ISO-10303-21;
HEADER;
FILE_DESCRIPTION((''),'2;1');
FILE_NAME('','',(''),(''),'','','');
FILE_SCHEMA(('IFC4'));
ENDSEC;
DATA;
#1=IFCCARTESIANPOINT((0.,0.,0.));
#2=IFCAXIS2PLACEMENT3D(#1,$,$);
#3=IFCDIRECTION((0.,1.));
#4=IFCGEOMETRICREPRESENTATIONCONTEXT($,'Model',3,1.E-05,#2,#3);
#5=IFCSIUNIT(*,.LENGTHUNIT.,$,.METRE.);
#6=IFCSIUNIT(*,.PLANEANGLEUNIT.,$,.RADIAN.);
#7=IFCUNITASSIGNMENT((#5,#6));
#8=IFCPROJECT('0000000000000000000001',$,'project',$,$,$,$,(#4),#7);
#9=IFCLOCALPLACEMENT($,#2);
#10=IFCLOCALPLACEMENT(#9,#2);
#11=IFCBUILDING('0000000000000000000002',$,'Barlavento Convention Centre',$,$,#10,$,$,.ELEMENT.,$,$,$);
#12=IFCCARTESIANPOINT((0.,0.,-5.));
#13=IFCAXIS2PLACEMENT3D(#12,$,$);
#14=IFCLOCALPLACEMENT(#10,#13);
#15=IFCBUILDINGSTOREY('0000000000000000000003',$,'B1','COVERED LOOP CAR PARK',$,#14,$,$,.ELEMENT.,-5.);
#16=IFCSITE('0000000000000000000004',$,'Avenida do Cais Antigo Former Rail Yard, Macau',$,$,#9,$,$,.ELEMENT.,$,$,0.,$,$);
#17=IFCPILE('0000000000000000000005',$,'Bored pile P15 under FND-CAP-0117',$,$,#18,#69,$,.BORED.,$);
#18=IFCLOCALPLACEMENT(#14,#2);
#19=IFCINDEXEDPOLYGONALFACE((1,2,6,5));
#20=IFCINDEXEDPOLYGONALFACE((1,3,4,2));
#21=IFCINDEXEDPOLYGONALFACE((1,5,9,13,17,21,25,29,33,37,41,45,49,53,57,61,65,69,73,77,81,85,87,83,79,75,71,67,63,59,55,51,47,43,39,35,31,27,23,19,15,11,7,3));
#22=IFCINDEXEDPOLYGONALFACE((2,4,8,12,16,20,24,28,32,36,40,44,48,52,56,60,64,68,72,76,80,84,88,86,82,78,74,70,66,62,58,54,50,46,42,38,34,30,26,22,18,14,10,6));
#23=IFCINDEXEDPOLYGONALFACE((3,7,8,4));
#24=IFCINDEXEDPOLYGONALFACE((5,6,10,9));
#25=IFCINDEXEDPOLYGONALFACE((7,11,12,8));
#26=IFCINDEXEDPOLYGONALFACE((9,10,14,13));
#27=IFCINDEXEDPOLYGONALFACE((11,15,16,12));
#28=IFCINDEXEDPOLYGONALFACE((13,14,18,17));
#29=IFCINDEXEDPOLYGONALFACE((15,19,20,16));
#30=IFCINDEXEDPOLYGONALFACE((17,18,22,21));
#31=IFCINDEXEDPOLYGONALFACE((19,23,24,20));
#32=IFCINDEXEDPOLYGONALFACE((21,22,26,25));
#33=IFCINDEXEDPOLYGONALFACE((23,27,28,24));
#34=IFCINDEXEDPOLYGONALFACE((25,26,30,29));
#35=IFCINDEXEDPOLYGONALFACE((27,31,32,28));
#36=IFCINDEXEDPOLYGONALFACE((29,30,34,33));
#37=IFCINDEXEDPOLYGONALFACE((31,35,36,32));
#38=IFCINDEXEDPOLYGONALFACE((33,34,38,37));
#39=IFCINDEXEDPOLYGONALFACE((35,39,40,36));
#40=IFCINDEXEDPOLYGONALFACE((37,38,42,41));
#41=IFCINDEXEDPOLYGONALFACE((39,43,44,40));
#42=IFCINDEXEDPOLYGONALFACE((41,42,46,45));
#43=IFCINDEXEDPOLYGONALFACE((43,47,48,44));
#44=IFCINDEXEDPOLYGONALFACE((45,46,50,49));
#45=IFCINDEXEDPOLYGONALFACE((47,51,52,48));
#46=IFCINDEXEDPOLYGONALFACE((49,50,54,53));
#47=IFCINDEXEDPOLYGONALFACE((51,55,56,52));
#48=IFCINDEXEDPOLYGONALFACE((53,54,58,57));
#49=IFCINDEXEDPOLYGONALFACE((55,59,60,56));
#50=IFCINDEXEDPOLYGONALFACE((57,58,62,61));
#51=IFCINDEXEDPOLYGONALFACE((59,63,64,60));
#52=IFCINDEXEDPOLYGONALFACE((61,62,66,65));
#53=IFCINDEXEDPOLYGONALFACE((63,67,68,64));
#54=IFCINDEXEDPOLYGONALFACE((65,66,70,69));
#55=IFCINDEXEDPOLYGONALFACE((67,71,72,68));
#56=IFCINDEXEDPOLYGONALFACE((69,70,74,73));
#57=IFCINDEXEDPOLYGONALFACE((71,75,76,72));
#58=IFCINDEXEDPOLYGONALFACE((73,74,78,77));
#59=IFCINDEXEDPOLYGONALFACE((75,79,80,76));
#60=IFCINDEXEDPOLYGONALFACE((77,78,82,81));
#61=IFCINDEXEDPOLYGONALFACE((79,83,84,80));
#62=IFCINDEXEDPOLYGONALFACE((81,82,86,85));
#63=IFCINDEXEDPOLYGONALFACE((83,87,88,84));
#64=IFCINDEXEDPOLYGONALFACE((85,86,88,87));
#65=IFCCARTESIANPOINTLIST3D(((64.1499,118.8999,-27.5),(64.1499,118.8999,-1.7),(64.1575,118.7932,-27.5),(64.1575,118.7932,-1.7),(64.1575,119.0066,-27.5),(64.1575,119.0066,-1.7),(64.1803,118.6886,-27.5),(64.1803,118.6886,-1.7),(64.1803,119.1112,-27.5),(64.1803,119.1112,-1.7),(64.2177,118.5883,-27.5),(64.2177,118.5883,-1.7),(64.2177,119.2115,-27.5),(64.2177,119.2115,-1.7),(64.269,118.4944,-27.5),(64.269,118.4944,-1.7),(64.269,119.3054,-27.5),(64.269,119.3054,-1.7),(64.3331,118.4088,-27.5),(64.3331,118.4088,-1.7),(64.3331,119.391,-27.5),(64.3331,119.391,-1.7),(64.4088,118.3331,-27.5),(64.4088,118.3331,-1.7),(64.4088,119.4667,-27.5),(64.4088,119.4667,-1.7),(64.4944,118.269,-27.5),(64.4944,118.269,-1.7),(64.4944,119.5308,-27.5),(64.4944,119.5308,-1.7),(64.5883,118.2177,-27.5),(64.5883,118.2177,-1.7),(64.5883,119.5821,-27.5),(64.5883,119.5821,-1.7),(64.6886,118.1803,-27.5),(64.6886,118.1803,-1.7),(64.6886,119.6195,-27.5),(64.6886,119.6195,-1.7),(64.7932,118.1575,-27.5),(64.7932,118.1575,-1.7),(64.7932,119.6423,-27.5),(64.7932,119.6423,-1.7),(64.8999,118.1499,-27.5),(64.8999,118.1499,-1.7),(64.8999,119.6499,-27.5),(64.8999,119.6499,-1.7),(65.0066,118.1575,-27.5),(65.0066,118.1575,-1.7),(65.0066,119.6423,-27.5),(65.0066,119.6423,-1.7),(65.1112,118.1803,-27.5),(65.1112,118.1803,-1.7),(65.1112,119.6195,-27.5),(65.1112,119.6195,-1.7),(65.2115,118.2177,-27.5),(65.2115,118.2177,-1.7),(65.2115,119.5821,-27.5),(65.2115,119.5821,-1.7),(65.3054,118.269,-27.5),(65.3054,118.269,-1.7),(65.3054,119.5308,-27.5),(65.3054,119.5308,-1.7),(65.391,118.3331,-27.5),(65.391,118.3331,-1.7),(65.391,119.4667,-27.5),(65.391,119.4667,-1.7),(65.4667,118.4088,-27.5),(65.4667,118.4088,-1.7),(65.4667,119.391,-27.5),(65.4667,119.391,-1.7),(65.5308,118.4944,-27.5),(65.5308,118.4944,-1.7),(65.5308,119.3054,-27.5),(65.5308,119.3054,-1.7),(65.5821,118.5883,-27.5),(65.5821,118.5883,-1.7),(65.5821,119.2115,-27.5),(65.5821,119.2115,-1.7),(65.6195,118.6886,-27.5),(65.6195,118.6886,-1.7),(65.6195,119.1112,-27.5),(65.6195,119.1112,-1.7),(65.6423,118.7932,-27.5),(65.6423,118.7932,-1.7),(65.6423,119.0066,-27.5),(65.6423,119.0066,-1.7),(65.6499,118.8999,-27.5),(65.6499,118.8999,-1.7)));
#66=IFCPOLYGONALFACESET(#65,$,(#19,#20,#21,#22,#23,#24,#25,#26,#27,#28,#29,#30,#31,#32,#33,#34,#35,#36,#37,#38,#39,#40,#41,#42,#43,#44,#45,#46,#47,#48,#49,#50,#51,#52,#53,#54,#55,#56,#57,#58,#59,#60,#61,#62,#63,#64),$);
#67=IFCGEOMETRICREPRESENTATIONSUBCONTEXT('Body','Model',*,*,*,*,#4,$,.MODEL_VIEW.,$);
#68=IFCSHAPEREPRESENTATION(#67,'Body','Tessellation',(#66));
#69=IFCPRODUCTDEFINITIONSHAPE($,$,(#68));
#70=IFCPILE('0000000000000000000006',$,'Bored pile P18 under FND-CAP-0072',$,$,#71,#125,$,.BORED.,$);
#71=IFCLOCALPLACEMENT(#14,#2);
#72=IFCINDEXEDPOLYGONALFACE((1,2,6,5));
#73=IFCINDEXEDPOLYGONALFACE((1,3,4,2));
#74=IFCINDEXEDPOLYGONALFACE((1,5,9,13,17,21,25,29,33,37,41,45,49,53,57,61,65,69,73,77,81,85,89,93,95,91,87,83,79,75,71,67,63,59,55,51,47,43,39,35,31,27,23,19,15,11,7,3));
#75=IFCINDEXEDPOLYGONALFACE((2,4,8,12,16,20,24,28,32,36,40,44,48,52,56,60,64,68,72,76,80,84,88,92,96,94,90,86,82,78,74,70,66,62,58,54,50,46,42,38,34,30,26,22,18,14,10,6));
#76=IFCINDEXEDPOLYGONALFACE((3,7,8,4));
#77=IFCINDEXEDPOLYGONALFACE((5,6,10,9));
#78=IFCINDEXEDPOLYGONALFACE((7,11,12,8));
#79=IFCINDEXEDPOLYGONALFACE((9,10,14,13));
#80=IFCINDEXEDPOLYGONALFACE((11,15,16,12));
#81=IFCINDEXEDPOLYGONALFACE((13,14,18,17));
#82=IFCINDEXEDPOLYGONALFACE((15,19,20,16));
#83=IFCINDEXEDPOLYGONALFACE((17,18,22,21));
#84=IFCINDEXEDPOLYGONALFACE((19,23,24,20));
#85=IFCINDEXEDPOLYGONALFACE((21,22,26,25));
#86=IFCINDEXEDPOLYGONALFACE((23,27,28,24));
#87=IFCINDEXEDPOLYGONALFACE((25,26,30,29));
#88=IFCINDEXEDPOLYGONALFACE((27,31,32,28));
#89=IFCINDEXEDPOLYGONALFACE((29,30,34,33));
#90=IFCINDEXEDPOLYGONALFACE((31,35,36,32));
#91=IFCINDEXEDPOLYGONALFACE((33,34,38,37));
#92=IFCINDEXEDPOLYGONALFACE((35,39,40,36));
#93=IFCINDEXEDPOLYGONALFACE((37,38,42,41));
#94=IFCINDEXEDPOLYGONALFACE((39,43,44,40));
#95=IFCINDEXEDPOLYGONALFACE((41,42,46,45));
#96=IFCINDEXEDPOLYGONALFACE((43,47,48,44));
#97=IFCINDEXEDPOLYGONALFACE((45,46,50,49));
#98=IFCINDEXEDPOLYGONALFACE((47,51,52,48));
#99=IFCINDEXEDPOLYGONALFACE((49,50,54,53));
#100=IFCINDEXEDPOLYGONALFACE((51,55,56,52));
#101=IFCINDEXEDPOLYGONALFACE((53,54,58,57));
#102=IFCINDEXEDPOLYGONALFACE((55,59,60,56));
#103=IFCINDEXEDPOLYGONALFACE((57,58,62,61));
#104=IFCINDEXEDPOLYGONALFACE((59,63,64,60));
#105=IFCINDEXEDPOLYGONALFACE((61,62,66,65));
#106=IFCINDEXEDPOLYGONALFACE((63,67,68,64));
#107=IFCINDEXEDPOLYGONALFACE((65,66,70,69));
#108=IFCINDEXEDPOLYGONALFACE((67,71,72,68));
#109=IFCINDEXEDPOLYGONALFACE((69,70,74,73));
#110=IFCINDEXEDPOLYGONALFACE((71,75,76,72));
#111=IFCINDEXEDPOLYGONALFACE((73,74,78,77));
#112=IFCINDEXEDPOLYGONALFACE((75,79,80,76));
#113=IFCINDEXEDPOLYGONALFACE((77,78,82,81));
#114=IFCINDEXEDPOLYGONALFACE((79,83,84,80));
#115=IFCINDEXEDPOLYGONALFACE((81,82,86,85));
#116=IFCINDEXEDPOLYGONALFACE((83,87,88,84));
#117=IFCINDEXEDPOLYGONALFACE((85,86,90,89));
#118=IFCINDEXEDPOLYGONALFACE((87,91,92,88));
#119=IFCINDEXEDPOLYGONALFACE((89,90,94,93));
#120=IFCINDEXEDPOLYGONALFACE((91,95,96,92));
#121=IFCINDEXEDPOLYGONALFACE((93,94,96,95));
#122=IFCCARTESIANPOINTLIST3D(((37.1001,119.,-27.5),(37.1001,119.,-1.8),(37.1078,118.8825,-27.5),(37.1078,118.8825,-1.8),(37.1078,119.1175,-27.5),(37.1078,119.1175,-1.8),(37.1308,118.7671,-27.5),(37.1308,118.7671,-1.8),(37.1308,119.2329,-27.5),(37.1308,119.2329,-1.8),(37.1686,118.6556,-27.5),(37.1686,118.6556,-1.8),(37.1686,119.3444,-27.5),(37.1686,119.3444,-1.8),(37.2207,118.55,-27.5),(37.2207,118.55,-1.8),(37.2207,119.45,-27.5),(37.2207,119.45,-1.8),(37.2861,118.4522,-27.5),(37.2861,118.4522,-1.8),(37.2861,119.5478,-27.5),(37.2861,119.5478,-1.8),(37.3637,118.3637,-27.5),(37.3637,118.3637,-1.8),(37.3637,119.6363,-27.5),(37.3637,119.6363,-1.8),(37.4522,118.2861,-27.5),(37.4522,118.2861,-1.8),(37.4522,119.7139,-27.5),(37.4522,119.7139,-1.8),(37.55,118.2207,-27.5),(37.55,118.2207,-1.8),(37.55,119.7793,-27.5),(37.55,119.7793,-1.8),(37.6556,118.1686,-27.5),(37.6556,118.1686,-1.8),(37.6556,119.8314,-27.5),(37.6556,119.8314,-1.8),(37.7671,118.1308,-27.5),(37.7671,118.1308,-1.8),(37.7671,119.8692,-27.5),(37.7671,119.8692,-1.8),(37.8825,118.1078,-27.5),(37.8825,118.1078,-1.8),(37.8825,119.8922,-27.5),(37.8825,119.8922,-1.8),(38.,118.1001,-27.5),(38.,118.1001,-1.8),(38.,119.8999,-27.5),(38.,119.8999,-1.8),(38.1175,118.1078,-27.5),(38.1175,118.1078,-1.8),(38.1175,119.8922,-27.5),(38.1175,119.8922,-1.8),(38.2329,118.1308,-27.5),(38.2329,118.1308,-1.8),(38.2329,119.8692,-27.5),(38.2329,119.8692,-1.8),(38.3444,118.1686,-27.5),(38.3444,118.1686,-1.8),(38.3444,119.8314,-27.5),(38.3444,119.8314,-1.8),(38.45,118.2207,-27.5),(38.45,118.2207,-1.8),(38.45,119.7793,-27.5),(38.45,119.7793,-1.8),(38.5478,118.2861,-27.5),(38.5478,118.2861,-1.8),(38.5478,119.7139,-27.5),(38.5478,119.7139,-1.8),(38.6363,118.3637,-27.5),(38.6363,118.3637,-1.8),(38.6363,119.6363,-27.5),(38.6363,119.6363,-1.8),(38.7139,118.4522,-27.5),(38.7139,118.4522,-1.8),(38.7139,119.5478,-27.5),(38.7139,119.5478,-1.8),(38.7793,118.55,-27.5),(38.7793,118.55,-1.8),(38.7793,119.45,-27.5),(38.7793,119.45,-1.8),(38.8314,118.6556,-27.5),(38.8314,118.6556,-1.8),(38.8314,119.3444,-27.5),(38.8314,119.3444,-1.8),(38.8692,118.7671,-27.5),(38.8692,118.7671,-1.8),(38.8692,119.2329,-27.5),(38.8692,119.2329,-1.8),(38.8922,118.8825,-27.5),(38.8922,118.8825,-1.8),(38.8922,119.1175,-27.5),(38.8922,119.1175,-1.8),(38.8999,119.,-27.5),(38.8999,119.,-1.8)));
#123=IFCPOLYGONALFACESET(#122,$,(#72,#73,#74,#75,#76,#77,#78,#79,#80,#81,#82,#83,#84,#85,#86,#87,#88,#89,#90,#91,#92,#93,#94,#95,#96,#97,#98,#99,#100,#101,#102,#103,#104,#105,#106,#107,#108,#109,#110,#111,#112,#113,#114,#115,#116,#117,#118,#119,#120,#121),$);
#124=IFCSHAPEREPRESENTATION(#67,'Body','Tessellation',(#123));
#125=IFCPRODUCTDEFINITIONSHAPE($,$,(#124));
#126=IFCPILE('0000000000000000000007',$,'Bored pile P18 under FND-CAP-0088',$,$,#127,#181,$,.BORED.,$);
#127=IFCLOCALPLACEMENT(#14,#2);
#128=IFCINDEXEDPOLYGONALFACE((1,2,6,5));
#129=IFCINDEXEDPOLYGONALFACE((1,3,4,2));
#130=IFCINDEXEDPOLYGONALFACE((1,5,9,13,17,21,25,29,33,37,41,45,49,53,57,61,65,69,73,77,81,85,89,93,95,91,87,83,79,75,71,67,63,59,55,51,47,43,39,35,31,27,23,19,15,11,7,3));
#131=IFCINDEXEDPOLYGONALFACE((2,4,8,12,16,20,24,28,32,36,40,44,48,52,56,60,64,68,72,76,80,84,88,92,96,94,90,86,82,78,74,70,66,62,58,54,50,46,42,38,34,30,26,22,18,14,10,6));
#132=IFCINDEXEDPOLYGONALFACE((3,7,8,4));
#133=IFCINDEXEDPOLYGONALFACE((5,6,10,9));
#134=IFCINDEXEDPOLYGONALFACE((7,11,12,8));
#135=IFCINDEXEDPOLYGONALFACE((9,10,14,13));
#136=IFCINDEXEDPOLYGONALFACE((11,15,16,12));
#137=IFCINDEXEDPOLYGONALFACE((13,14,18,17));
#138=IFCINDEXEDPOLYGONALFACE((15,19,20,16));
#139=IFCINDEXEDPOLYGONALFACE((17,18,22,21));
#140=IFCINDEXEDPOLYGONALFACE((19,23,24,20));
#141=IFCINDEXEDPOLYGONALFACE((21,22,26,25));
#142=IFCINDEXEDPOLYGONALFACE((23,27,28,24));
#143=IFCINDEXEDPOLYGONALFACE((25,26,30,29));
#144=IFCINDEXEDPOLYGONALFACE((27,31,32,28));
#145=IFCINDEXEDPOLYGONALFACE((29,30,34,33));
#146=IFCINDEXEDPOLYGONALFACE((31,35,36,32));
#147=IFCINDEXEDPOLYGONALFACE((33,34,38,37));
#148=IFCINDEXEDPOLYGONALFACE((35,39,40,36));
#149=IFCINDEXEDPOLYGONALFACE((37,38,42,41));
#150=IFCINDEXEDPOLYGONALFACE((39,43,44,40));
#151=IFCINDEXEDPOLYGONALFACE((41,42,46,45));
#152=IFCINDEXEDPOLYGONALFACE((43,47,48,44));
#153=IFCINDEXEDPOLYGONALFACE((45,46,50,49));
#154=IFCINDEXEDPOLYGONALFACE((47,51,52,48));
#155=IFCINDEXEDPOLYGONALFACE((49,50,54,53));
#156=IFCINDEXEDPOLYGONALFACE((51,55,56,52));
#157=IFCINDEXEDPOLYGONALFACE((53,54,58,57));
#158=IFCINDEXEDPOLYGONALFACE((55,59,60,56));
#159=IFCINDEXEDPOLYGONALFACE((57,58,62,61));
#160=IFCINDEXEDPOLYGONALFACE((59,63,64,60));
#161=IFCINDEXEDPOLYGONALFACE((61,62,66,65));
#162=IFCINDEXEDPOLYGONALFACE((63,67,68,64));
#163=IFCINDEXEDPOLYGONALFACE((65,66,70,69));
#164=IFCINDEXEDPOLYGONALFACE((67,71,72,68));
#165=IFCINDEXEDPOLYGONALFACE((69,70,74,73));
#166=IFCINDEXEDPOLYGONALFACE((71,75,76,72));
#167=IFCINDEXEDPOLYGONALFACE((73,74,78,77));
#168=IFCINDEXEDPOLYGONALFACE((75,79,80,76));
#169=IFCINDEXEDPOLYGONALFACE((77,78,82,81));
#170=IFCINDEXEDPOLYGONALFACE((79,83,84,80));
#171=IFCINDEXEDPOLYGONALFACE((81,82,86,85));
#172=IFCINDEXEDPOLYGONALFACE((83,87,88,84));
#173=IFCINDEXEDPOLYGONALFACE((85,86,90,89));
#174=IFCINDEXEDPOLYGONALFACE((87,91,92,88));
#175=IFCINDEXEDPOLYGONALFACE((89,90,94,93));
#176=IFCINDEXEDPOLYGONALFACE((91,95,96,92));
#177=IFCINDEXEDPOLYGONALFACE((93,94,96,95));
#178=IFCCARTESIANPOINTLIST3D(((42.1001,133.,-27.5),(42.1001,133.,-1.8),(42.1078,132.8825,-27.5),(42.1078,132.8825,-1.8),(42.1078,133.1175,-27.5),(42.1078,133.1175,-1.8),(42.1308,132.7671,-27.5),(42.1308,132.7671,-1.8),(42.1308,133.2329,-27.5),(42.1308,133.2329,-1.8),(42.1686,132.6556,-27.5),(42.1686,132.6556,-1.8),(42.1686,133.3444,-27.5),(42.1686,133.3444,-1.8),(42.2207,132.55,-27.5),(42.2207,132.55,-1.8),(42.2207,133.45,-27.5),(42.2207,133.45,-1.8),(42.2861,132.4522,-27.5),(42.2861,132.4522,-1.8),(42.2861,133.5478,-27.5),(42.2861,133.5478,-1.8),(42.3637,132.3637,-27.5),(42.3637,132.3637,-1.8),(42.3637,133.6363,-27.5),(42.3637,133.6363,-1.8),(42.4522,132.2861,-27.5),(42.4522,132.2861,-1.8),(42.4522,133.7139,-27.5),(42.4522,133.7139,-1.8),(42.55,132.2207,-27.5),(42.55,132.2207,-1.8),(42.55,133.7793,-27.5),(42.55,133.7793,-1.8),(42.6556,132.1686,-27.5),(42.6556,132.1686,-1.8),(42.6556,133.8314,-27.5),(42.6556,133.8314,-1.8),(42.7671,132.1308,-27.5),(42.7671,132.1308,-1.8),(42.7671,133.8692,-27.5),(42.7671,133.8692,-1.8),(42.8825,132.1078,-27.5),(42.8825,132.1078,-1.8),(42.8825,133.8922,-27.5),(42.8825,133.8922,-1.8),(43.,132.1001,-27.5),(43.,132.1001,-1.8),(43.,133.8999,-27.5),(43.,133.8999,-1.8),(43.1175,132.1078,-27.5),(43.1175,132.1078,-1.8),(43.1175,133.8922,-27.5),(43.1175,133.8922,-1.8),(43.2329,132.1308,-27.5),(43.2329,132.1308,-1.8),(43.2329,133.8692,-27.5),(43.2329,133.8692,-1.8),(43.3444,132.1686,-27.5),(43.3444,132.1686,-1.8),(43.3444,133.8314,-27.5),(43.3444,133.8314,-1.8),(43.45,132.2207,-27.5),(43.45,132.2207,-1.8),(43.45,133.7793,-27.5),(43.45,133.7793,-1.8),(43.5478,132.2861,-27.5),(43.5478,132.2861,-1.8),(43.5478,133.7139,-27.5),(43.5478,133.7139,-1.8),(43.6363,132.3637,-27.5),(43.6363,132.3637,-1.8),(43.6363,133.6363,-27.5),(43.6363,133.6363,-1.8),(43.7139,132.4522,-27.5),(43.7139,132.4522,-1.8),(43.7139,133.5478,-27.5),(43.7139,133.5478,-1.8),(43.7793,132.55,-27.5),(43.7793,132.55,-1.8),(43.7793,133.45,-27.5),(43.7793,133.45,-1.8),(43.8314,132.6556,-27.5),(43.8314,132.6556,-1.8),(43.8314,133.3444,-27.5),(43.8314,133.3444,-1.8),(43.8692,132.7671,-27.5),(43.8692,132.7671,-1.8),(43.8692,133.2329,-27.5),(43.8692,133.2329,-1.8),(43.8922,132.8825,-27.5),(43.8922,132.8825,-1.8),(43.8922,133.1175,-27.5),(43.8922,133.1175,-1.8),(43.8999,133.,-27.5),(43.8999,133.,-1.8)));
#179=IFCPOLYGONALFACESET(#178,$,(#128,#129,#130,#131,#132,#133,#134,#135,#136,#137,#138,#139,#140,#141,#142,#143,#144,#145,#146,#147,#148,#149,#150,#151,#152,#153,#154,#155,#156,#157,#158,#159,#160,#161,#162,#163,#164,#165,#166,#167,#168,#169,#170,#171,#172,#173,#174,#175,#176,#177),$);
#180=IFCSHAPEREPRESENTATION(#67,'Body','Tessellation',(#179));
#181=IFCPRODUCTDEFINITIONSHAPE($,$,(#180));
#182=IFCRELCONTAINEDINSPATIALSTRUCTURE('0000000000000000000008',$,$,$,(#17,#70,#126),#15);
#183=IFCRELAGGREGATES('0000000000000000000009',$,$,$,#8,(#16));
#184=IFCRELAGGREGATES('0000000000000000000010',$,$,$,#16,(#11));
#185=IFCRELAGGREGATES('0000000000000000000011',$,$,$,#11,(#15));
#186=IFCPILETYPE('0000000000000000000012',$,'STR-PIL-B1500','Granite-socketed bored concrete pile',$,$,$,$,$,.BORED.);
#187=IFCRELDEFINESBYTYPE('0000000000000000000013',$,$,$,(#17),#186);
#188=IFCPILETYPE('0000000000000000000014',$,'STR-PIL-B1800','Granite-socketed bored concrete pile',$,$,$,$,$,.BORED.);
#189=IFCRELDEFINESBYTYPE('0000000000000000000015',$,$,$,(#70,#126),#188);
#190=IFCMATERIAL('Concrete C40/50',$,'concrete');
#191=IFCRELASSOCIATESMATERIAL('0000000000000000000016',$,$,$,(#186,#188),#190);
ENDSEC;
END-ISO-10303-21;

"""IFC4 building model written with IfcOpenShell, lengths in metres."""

from ifc_helpers import new_model, si_unit, direction, frame, origin, origin_2d, place, context, subcontext, project, spatial, circle, extrude, material, material_profile, profile_set, type_object, element, save


model = new_model("IFC4")

# Units and contexts
model_context = context("Model", 3, precision=1e-05, world=origin(), true_north=direction((0.0, 1.0)))
body_context = subcontext(model_context, "Body", "Model", "MODEL_VIEW")
ifc_project = project(units=[si_unit("LENGTHUNIT", "METRE"), si_unit("PLANEANGLEUNIT", "RADIAN")], contexts=[model_context])

# Site, building, storey
site_placement = place(None, origin())
site = spatial("IfcSite", under=ifc_project, at=site_placement, Name="Avenida do Cais Antigo Former Rail Yard, Macau", CompositionType="ELEMENT", RefElevation=0.0)
building_placement = place(site_placement, origin())
building = spatial("IfcBuilding", under=site, at=building_placement, Name="Barlavento Convention Centre", CompositionType="ELEMENT")
storey_placement = place(building_placement, frame((0.0, 0.0, -5.0)))
storey = spatial("IfcBuildingStorey", under=building, at=storey_placement, Name="B1", Description="COVERED LOOP CAR PARK", CompositionType="ELEMENT", Elevation=-5.0)

# Shared definitions
ifc_material_1 = material(Name="Concrete C40/50", Category="concrete")

# Piles
ifc_material_profile_1 = material_profile(ifc_material_1, circle(Radius=0.75, at=origin_2d()), Name="BORED PILE 1500")
ifc_profile_set_1 = profile_set([ifc_material_profile_1], Name="Concrete C40/50")
pile_type_1 = type_object("IfcPileType", Name="STR-PIL-B1500", Description="Granite-socketed bored concrete pile", PredefinedType="BORED", material=ifc_profile_set_1)
for number, where, z_axis, x_axis, name in (
    (1, (64.8999, 118.8999, -1.7), (0.0, 0.0, -1.0), (1.0, 0.0, 0.0), "Bored pile P15 under FND-CAP-0117"),
):
    element("IfcPile", number, at=place(storey_placement, frame(where, z_axis=z_axis, x_axis=x_axis)), inside=storey, type_object=pile_type_1, Name=name, PredefinedType="BORED", context=body_context, shape_type="SweptSolid", body=[
        extrude(circle(Radius=0.75, at=origin_2d()), origin(), (0.0, 0.0, 1.0), 25.8),
    ])
ifc_material_profile_2 = material_profile(ifc_material_1, circle(Radius=0.8999, at=origin_2d()), Name="BORED PILE 1800")
ifc_profile_set_2 = profile_set([ifc_material_profile_2], Name="Concrete C40/50")
pile_type_2 = type_object("IfcPileType", Name="STR-PIL-B1800", Description="Granite-socketed bored concrete pile", PredefinedType="BORED", material=ifc_profile_set_2)
for number, where, z_axis, x_axis, name in (
    (2, (38.0, 119.0, -1.8), (0.0, 0.0, -1.0), (1.0, 0.0, 0.0), "Bored pile P18 under FND-CAP-0072"),
    (3, (43.0, 133.0, -1.8), (0.0, 0.0, -1.0), (1.0, 0.0, 0.0), "Bored pile P18 under FND-CAP-0088"),
):
    element("IfcPile", number, at=place(storey_placement, frame(where, z_axis=z_axis, x_axis=x_axis)), inside=storey, type_object=pile_type_2, Name=name, PredefinedType="BORED", context=body_context, shape_type="SweptSolid", body=[
        extrude(circle(Radius=0.8999, at=origin_2d()), origin(), (0.0, 0.0, 1.0), 25.7),
    ])

save(model, "model.ifc")
